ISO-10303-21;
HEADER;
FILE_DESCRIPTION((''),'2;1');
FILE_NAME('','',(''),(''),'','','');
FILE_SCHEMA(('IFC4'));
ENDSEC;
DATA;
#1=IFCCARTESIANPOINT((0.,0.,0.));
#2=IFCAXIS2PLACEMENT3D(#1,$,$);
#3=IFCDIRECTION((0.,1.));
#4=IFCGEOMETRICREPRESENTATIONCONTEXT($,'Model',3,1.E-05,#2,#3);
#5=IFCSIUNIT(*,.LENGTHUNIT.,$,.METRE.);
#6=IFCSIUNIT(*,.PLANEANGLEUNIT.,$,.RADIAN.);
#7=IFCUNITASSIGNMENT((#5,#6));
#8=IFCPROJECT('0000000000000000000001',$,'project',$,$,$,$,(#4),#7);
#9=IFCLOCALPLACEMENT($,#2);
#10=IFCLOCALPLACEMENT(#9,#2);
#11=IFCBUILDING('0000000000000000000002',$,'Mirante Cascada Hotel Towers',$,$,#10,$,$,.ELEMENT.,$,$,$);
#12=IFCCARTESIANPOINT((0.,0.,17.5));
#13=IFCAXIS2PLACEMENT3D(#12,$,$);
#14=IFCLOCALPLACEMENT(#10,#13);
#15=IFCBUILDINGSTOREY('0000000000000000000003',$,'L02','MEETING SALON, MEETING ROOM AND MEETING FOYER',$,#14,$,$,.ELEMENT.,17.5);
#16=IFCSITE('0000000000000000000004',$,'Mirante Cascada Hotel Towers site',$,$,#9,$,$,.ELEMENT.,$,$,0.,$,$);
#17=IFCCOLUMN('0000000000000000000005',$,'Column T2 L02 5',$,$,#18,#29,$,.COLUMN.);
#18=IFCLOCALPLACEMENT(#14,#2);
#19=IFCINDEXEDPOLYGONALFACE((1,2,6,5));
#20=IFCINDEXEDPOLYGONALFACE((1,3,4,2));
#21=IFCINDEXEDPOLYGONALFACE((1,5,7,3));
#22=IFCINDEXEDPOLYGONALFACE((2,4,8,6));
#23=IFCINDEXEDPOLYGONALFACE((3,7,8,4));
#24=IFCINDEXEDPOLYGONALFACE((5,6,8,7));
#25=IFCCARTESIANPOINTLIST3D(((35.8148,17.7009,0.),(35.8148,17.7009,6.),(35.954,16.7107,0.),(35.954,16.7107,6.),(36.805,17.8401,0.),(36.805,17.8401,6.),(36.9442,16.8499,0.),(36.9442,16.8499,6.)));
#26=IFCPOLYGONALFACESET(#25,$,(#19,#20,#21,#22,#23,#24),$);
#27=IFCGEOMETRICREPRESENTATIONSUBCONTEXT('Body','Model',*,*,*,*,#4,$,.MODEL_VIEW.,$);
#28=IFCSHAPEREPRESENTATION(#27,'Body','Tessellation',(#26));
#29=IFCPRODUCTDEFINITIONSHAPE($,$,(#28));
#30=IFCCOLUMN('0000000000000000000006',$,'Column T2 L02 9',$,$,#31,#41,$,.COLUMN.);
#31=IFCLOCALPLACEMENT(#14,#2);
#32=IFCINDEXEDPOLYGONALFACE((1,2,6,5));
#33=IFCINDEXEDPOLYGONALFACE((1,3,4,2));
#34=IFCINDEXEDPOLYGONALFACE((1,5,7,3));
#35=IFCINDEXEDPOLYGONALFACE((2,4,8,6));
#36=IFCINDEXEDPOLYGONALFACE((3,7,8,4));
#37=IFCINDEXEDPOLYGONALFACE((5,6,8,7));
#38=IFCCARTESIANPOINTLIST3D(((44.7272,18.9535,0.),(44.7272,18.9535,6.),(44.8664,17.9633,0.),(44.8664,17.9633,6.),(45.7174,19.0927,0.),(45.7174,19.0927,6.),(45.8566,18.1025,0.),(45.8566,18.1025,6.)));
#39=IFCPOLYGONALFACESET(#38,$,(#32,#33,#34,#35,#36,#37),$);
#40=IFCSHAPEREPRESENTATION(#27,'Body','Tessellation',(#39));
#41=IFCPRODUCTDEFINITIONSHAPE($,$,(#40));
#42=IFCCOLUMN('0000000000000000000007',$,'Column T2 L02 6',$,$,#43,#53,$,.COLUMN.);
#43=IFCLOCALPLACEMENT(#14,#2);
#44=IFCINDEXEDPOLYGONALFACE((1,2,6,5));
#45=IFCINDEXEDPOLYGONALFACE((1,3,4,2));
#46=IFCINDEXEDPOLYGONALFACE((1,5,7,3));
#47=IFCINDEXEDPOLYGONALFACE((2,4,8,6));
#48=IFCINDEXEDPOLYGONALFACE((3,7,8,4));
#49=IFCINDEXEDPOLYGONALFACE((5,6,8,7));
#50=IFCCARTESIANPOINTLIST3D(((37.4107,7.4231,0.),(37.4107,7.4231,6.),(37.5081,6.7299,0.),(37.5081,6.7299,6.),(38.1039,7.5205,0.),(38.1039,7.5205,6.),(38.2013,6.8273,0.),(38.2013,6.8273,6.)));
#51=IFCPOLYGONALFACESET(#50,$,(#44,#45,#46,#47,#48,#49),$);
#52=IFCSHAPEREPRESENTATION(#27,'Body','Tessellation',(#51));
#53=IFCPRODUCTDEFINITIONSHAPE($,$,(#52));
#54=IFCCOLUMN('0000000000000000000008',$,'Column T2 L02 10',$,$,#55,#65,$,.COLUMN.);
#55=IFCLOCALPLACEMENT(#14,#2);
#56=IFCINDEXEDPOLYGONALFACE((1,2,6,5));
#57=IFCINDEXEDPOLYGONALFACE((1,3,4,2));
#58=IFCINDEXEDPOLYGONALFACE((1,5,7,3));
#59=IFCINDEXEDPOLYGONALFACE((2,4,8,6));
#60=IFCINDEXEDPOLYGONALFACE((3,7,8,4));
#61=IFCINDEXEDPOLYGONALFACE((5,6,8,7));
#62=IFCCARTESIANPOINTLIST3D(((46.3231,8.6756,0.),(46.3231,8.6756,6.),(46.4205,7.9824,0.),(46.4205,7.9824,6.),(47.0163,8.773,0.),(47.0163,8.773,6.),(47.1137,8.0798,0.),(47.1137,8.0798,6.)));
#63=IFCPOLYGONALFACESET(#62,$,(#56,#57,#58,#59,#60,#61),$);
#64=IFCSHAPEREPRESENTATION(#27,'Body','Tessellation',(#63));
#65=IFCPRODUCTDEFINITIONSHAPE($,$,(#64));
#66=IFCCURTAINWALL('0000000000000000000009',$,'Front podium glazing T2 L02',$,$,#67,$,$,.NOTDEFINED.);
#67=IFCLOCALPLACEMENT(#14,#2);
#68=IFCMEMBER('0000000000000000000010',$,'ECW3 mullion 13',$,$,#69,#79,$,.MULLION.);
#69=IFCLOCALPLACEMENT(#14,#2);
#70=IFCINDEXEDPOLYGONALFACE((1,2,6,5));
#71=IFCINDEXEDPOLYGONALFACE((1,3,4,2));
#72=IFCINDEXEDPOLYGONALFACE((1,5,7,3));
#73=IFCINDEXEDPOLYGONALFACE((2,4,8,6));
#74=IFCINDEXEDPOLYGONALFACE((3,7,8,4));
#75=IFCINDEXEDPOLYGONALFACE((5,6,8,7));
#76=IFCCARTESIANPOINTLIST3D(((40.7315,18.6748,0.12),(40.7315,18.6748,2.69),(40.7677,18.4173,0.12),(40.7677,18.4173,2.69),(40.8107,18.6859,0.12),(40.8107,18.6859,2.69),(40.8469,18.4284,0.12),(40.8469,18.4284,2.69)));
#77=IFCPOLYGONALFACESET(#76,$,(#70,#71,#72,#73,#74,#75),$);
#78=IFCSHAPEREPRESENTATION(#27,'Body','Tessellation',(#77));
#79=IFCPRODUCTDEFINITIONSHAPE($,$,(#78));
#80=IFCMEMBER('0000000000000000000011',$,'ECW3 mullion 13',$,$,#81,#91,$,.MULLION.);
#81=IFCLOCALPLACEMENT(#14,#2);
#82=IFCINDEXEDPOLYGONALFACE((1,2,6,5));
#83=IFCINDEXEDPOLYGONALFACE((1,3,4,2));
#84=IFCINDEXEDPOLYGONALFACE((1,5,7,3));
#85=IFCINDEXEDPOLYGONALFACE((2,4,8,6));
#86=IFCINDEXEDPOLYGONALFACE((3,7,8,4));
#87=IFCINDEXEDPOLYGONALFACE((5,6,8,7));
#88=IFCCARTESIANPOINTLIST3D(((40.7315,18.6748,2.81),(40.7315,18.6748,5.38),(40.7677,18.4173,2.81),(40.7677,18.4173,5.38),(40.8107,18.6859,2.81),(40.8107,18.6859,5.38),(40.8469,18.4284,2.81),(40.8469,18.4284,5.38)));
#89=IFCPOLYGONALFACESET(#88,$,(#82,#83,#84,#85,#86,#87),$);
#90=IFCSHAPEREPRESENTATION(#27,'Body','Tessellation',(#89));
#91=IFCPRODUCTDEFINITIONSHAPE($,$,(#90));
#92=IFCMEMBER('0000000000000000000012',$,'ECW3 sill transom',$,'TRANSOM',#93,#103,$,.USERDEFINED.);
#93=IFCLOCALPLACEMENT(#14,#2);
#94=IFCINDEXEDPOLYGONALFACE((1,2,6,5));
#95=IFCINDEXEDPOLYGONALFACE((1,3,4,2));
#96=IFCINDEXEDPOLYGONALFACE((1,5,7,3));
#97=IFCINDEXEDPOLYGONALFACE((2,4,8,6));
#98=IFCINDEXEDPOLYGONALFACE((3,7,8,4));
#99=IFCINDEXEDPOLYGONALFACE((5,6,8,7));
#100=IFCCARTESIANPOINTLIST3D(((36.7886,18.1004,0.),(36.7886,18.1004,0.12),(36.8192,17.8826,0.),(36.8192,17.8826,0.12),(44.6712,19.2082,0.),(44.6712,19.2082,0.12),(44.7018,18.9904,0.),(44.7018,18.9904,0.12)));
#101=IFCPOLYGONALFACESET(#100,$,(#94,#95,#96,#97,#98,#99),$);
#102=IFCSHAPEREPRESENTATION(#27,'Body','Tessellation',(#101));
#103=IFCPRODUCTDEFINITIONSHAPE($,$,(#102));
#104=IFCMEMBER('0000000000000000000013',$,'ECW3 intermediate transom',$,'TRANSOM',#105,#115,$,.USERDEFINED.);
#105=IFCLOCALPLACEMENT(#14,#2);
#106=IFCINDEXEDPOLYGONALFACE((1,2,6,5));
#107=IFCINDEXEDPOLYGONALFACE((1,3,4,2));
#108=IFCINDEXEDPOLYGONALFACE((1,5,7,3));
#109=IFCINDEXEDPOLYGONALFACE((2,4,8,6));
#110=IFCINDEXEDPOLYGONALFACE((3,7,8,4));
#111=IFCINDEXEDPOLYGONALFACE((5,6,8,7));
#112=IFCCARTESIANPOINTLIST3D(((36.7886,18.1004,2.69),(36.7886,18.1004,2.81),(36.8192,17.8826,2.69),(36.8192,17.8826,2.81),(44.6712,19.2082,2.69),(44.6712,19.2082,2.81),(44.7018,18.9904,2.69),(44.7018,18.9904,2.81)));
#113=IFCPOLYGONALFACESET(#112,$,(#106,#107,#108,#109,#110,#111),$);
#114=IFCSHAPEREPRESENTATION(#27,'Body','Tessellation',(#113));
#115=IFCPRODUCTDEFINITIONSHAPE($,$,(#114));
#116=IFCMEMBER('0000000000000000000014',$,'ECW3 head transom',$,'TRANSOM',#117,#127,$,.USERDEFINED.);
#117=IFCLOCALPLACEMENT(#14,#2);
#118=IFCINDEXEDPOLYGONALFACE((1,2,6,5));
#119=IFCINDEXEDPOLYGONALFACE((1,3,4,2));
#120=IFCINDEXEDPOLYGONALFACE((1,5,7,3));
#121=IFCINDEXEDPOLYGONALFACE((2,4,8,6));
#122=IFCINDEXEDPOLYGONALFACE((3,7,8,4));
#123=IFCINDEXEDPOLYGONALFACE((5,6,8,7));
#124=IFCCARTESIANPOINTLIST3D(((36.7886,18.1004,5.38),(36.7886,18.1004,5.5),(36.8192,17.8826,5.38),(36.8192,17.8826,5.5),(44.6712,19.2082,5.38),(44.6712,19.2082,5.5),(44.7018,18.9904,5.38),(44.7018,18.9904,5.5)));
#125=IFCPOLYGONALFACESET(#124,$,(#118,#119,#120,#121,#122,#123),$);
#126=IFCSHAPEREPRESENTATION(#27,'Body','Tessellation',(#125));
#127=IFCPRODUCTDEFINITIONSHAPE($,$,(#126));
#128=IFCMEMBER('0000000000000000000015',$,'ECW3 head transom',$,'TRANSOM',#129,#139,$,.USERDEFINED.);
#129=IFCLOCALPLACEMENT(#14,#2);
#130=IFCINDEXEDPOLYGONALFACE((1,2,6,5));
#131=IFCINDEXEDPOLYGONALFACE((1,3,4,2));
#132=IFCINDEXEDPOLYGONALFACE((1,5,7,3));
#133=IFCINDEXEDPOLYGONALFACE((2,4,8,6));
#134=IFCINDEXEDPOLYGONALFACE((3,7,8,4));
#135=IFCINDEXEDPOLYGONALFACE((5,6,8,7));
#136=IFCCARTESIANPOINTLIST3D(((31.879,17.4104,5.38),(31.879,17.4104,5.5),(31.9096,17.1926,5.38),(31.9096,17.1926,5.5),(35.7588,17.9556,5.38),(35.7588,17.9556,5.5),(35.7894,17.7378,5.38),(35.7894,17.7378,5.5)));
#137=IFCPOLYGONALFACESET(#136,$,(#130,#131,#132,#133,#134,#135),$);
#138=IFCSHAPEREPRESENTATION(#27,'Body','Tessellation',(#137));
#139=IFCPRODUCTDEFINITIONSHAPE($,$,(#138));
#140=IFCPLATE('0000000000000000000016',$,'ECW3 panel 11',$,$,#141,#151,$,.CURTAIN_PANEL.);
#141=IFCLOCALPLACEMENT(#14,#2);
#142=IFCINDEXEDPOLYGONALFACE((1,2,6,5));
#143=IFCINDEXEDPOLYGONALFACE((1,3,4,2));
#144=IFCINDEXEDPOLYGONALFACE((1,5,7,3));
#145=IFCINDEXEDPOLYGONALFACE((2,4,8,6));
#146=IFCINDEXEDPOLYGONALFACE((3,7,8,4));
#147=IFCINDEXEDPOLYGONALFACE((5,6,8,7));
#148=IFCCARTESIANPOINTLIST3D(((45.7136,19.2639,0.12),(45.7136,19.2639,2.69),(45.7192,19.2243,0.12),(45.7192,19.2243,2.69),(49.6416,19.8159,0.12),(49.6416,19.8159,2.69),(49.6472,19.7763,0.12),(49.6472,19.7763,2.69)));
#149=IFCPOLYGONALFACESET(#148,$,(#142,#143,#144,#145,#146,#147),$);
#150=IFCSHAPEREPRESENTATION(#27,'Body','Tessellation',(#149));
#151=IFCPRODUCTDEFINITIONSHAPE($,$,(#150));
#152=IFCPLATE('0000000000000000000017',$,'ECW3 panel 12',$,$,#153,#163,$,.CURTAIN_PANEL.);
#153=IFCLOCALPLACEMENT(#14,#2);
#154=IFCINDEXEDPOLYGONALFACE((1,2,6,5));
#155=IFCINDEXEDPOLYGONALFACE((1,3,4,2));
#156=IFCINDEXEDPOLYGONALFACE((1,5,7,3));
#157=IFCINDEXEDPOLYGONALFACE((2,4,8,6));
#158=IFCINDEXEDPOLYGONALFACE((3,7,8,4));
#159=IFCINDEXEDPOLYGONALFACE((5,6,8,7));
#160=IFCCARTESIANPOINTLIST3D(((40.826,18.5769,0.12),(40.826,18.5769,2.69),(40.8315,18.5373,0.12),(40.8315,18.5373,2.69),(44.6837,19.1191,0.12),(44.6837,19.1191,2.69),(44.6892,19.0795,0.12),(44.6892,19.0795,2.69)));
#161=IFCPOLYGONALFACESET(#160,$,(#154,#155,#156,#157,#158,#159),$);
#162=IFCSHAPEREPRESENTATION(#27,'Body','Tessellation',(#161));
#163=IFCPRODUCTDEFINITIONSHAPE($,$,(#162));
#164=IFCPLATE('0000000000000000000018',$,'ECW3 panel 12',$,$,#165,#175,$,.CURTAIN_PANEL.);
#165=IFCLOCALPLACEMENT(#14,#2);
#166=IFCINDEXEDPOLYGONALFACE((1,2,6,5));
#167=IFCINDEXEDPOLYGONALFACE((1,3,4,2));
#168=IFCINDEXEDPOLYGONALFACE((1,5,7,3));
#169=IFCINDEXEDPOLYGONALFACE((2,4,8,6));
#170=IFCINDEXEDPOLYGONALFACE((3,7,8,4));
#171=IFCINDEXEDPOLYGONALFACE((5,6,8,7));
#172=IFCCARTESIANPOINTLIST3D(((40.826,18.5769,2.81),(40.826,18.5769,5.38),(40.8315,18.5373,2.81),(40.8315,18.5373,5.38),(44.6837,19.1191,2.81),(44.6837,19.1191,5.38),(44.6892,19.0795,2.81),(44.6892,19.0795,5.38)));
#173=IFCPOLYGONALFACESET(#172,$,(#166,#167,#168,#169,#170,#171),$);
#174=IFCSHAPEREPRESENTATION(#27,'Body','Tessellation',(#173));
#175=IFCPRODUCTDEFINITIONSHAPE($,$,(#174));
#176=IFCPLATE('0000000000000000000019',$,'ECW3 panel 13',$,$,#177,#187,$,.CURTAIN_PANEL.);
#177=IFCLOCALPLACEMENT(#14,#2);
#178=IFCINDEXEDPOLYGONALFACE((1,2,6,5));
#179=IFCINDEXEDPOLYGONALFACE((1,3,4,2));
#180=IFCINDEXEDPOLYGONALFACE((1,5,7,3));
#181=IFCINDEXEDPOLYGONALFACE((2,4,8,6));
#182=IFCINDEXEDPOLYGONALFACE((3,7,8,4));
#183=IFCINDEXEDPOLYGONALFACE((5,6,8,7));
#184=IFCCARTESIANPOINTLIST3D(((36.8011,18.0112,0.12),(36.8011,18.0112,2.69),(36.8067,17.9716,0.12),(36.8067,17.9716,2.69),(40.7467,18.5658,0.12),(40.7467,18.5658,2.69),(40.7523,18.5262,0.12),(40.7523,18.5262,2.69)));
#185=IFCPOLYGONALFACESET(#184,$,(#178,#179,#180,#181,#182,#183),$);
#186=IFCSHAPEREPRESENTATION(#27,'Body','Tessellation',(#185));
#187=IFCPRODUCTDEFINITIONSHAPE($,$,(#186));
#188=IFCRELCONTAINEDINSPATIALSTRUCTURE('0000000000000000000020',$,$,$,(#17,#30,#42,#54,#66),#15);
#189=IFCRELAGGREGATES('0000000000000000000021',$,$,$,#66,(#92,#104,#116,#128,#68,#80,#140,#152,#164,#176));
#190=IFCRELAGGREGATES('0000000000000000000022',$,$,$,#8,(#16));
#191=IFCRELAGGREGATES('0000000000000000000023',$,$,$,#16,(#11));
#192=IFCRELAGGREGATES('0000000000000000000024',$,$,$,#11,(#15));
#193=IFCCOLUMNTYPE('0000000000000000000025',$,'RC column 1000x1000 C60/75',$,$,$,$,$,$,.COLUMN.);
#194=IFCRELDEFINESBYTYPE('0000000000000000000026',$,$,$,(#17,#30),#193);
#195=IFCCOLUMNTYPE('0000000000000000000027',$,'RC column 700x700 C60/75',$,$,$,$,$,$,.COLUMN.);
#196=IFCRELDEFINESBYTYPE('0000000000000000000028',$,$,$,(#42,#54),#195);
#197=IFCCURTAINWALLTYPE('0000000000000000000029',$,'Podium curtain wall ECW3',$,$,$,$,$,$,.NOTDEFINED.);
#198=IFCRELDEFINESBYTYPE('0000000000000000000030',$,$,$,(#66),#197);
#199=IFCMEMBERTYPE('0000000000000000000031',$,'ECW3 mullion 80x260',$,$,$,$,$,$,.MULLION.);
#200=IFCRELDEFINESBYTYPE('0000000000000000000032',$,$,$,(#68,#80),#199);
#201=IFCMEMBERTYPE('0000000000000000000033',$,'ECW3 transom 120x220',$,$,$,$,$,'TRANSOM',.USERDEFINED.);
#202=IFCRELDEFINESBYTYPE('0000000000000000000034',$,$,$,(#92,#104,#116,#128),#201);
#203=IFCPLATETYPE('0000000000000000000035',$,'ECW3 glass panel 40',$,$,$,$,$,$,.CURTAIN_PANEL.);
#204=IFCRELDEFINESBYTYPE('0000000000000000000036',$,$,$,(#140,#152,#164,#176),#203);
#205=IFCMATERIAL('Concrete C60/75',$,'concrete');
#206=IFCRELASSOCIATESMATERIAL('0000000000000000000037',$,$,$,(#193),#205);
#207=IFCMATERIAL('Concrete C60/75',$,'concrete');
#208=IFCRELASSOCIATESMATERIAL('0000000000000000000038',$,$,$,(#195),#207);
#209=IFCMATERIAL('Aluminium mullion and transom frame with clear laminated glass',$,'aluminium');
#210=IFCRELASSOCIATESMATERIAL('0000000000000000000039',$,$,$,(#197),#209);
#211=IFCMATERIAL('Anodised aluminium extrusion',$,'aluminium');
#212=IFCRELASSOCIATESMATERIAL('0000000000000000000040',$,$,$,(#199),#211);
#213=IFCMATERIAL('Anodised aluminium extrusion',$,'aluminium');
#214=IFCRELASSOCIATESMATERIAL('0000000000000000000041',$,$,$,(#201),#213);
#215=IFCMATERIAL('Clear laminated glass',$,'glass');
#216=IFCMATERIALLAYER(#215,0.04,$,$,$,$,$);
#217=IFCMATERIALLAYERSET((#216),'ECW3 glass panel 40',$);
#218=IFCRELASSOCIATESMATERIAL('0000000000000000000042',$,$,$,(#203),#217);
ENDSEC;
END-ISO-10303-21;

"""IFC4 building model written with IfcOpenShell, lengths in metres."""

from ifc_helpers import new_model, si_unit, direction, frame, origin, origin_2d, place, context, subcontext, project, spatial, rectangle, extrude, material, layer, layer_set, material_profile, profile_set, type_object, element, aggregate, save


model = new_model("IFC4")

# Units and contexts
model_context = context("Model", 3, precision=1e-05, world=origin(), true_north=direction((0.0, 1.0)))
body_context = subcontext(model_context, "Body", "Model", "MODEL_VIEW")
ifc_project = project(units=[si_unit("LENGTHUNIT", "METRE"), si_unit("PLANEANGLEUNIT", "RADIAN")], contexts=[model_context])

# Site, building, storey
site_placement = place(None, origin())
site = spatial("IfcSite", under=ifc_project, at=site_placement, Name="Mirante Cascada Hotel Towers site", CompositionType="ELEMENT", RefElevation=0.0)
building_placement = place(site_placement, origin())
building = spatial("IfcBuilding", under=site, at=building_placement, Name="Mirante Cascada Hotel Towers", CompositionType="ELEMENT")
storey_placement = place(building_placement, frame((0.0, 0.0, 17.5)))
storey = spatial("IfcBuildingStorey", under=building, at=storey_placement, Name="L02", Description="MEETING SALON, MEETING ROOM AND MEETING FOYER", CompositionType="ELEMENT", Elevation=17.5)

# Columns
ifc_material_1 = material(Name="Concrete C60/75", Category="concrete")
ifc_material_profile_1 = material_profile(ifc_material_1, rectangle(XDim=1.0, YDim=1.0, at=origin_2d()), Name="RC column 1000x1000 C60/75")
ifc_profile_set_1 = profile_set([ifc_material_profile_1], Name="Concrete C60/75")
column_type_1 = type_object("IfcColumnType", Name="RC column 1000x1000 C60/75", PredefinedType="COLUMN", material=ifc_profile_set_1)
for number, where, z_axis, x_axis, name in (
    (1, (36.3795, 17.2754, 0.0), (0.0, 0.0, 1.0), (0.990268, 0.139173, 0.0), "Column T2 L02 5"),
    (2, (45.2919, 18.528, 0.0), (0.0, 0.0, 1.0), (0.990268, 0.139173, 0.0), "Column T2 L02 9"),
):
    element("IfcColumn", number, at=place(storey_placement, frame(where, z_axis=z_axis, x_axis=x_axis)), inside=storey, type_object=column_type_1, Name=name, PredefinedType="COLUMN", context=body_context, shape_type="SweptSolid", body=[
        extrude(rectangle(XDim=1.0, YDim=1.0, at=origin_2d()), origin(), (0.0, 0.0, 1.0), 6.0),
    ])
ifc_material_2 = material(Name="Concrete C60/75", Category="concrete")
ifc_material_profile_2 = material_profile(ifc_material_2, rectangle(XDim=0.7, YDim=0.7, at=origin_2d()), Name="RC column 700x700 C60/75")
ifc_profile_set_2 = profile_set([ifc_material_profile_2], Name="Concrete C60/75")
column_type_2 = type_object("IfcColumnType", Name="RC column 700x700 C60/75", PredefinedType="COLUMN", material=ifc_profile_set_2)
for number, where, z_axis, x_axis, name in (
    (3, (37.806, 7.1252, 0.0), (0.0, 0.0, 1.0), (0.990268, 0.139173, 0.0), "Column T2 L02 6"),
    (4, (46.7184, 8.3777, 0.0), (0.0, 0.0, 1.0), (0.990268, 0.139173, 0.0), "Column T2 L02 10"),
):
    element("IfcColumn", number, at=place(storey_placement, frame(where, z_axis=z_axis, x_axis=x_axis)), inside=storey, type_object=column_type_2, Name=name, PredefinedType="COLUMN", context=body_context, shape_type="SweptSolid", body=[
        extrude(rectangle(XDim=0.7, YDim=0.7, at=origin_2d()), origin(), (0.0, 0.0, 1.0), 6.0),
    ])

# Curtain wall, members, plates
ifc_material_3 = material(Name="Aluminium mullion and transom frame with clear laminated glass", Category="aluminium")
curtain_wall_type = type_object("IfcCurtainWallType", Name="Podium curtain wall ECW3", PredefinedType="NOTDEFINED", material=ifc_material_3)
curtain_wall_placement = place(storey_placement, origin())
curtain_wall = element("IfcCurtainWall", 5, at=curtain_wall_placement, inside=storey, type_object=curtain_wall_type, Name="Front podium glazing T2 L02", PredefinedType="NOTDEFINED")
ifc_material_4 = material(Name="Anodised aluminium extrusion", Category="aluminium")
ifc_material_profile_3 = material_profile(ifc_material_4, rectangle(XDim=0.26, YDim=0.08, at=origin_2d()), Name="ECW3 MULLION 80x260")
ifc_profile_set_3 = profile_set([ifc_material_profile_3], Name="Anodised aluminium extrusion")
member_type_1 = type_object("IfcMemberType", Name="ECW3 mullion 80x260", PredefinedType="MULLION", material=ifc_profile_set_3)
member_1_placement = place(storey_placement, frame((40.7892, 18.5516, 0.12), z_axis=(0.0, 0.0, 1.0), x_axis=(0.139173, -0.990268, 0.0)))
member_1 = element("IfcMember", 6, at=member_1_placement, type_object=member_type_1, Name="ECW3 mullion 13", PredefinedType="MULLION", context=body_context, shape_type="SweptSolid", body=[
    extrude(rectangle(XDim=0.26, YDim=0.08, at=origin_2d()), origin(), (0.0, 0.0, 1.0), 2.57),
])
member_2_placement = place(storey_placement, frame((40.7892, 18.5516, 2.81), z_axis=(0.0, 0.0, 1.0), x_axis=(0.139173, -0.990268, 0.0)))
member_2 = element("IfcMember", 7, at=member_2_placement, type_object=member_type_1, Name="ECW3 mullion 13", PredefinedType="MULLION", context=body_context, shape_type="SweptSolid", body=[
    extrude(rectangle(XDim=0.26, YDim=0.08, at=origin_2d()), origin(), (0.0, 0.0, 1.0), 2.57),
])
ifc_material_5 = material(Name="Anodised aluminium extrusion", Category="aluminium")
ifc_material_profile_4 = material_profile(ifc_material_5, rectangle(XDim=0.22, YDim=0.12, at=origin_2d()), Name="ECW3 TRANSOM 120x220")
ifc_profile_set_4 = profile_set([ifc_material_profile_4], Name="Anodised aluminium extrusion")
member_type_2 = type_object("IfcMemberType", Name="ECW3 transom 120x220", ElementType="TRANSOM", PredefinedType="USERDEFINED", material=ifc_profile_set_4)
member_3_placement = place(storey_placement, frame((44.6865, 19.0993, 0.06), z_axis=(-0.990268, -0.13917, 0.0), x_axis=(0.13917, -0.990268, 0.0)))
member_3 = element("IfcMember", 8, at=member_3_placement, type_object=member_type_2, Name="ECW3 sill transom", ObjectType="TRANSOM", PredefinedType="USERDEFINED", context=body_context, shape_type="SweptSolid", body=[
    extrude(rectangle(XDim=0.22, YDim=0.12, at=origin_2d()), origin(), (0.0, 0.0, 1.0), 7.9601),
])
member_4_placement = place(storey_placement, frame((44.6865, 19.0993, 2.75), z_axis=(-0.990268, -0.13917, 0.0), x_axis=(0.13917, -0.990268, 0.0)))
member_4 = element("IfcMember", 9, at=member_4_placement, type_object=member_type_2, Name="ECW3 intermediate transom", ObjectType="TRANSOM", PredefinedType="USERDEFINED", context=body_context, shape_type="SweptSolid", body=[
    extrude(rectangle(XDim=0.22, YDim=0.12, at=origin_2d()), origin(), (0.0, 0.0, 1.0), 7.9601),
])
member_5_placement = place(storey_placement, frame((44.6865, 19.0993, 5.44), z_axis=(-0.990268, -0.13917, 0.0), x_axis=(0.13917, -0.990268, 0.0)))
member_5 = element("IfcMember", 10, at=member_5_placement, type_object=member_type_2, Name="ECW3 head transom", ObjectType="TRANSOM", PredefinedType="USERDEFINED", context=body_context, shape_type="SweptSolid", body=[
    extrude(rectangle(XDim=0.22, YDim=0.12, at=origin_2d()), origin(), (0.0, 0.0, 1.0), 7.9601),
])
member_6_placement = place(storey_placement, frame((35.7741, 17.8467, 5.44), z_axis=(-0.990271, -0.139155, 0.0), x_axis=(0.139155, -0.990271, 0.0)))
member_6 = element("IfcMember", 11, at=member_6_placement, type_object=member_type_2, Name="ECW3 head transom", ObjectType="TRANSOM", PredefinedType="USERDEFINED", context=body_context, shape_type="SweptSolid", body=[
    extrude(rectangle(XDim=0.22, YDim=0.12, at=origin_2d()), origin(), (0.0, 0.0, 1.0), 3.9179),
])
ifc_material_6 = material(Name="Clear laminated glass", Category="glass")
ifc_layer_1 = layer(ifc_material_6, 0.04)
ifc_layer_set_1 = layer_set([ifc_layer_1], Name="ECW3 glass panel 40")
plate_type = type_object("IfcPlateType", Name="ECW3 glass panel 40", PredefinedType="CURTAIN_PANEL", material=ifc_layer_set_1)
plate_1_placement = place(storey_placement, frame((47.6804, 19.5201, 0.12), z_axis=(0.0, 0.0, 1.0), x_axis=(-0.990268, -0.139173, 0.0)))
plate_1 = element("IfcPlate", 12, at=plate_1_placement, type_object=plate_type, Name="ECW3 panel 11", PredefinedType="CURTAIN_PANEL", context=body_context, shape_type="SweptSolid", body=[
    extrude(rectangle(XDim=3.9666, YDim=0.04, at=origin_2d()), origin(), (0.0, 0.0, 1.0), 2.57),
])
plate_2_placement = place(storey_placement, frame((42.7576, 18.8282, 0.12), z_axis=(0.0, 0.0, 1.0), x_axis=(-0.990268, -0.139173, 0.0)))
plate_2 = element("IfcPlate", 13, at=plate_2_placement, type_object=plate_type, Name="ECW3 panel 12", PredefinedType="CURTAIN_PANEL", context=body_context, shape_type="SweptSolid", body=[
    extrude(rectangle(XDim=3.8956, YDim=0.04, at=origin_2d()), origin(), (0.0, 0.0, 1.0), 2.57),
])
plate_3_placement = place(storey_placement, frame((42.7576, 18.8282, 2.81), z_axis=(0.0, 0.0, 1.0), x_axis=(-0.990268, -0.139173, 0.0)))
plate_3 = element("IfcPlate", 14, at=plate_3_placement, type_object=plate_type, Name="ECW3 panel 12", PredefinedType="CURTAIN_PANEL", context=body_context, shape_type="SweptSolid", body=[
    extrude(rectangle(XDim=3.8956, YDim=0.04, at=origin_2d()), origin(), (0.0, 0.0, 1.0), 2.57),
])
plate_4_placement = place(storey_placement, frame((38.7767, 18.2687, 0.12), z_axis=(0.0, 0.0, 1.0), x_axis=(-0.990268, -0.139173, 0.0)))
plate_4 = element("IfcPlate", 15, at=plate_4_placement, type_object=plate_type, Name="ECW3 panel 13", PredefinedType="CURTAIN_PANEL", context=body_context, shape_type="SweptSolid", body=[
    extrude(rectangle(XDim=3.9844, YDim=0.04, at=origin_2d()), origin(), (0.0, 0.0, 1.0), 2.57),
])
aggregate(curtain_wall, [member_3, member_4, member_5, member_6, member_1, member_2, plate_1, plate_2, plate_3, plate_4])

save(model, "model.ifc")
